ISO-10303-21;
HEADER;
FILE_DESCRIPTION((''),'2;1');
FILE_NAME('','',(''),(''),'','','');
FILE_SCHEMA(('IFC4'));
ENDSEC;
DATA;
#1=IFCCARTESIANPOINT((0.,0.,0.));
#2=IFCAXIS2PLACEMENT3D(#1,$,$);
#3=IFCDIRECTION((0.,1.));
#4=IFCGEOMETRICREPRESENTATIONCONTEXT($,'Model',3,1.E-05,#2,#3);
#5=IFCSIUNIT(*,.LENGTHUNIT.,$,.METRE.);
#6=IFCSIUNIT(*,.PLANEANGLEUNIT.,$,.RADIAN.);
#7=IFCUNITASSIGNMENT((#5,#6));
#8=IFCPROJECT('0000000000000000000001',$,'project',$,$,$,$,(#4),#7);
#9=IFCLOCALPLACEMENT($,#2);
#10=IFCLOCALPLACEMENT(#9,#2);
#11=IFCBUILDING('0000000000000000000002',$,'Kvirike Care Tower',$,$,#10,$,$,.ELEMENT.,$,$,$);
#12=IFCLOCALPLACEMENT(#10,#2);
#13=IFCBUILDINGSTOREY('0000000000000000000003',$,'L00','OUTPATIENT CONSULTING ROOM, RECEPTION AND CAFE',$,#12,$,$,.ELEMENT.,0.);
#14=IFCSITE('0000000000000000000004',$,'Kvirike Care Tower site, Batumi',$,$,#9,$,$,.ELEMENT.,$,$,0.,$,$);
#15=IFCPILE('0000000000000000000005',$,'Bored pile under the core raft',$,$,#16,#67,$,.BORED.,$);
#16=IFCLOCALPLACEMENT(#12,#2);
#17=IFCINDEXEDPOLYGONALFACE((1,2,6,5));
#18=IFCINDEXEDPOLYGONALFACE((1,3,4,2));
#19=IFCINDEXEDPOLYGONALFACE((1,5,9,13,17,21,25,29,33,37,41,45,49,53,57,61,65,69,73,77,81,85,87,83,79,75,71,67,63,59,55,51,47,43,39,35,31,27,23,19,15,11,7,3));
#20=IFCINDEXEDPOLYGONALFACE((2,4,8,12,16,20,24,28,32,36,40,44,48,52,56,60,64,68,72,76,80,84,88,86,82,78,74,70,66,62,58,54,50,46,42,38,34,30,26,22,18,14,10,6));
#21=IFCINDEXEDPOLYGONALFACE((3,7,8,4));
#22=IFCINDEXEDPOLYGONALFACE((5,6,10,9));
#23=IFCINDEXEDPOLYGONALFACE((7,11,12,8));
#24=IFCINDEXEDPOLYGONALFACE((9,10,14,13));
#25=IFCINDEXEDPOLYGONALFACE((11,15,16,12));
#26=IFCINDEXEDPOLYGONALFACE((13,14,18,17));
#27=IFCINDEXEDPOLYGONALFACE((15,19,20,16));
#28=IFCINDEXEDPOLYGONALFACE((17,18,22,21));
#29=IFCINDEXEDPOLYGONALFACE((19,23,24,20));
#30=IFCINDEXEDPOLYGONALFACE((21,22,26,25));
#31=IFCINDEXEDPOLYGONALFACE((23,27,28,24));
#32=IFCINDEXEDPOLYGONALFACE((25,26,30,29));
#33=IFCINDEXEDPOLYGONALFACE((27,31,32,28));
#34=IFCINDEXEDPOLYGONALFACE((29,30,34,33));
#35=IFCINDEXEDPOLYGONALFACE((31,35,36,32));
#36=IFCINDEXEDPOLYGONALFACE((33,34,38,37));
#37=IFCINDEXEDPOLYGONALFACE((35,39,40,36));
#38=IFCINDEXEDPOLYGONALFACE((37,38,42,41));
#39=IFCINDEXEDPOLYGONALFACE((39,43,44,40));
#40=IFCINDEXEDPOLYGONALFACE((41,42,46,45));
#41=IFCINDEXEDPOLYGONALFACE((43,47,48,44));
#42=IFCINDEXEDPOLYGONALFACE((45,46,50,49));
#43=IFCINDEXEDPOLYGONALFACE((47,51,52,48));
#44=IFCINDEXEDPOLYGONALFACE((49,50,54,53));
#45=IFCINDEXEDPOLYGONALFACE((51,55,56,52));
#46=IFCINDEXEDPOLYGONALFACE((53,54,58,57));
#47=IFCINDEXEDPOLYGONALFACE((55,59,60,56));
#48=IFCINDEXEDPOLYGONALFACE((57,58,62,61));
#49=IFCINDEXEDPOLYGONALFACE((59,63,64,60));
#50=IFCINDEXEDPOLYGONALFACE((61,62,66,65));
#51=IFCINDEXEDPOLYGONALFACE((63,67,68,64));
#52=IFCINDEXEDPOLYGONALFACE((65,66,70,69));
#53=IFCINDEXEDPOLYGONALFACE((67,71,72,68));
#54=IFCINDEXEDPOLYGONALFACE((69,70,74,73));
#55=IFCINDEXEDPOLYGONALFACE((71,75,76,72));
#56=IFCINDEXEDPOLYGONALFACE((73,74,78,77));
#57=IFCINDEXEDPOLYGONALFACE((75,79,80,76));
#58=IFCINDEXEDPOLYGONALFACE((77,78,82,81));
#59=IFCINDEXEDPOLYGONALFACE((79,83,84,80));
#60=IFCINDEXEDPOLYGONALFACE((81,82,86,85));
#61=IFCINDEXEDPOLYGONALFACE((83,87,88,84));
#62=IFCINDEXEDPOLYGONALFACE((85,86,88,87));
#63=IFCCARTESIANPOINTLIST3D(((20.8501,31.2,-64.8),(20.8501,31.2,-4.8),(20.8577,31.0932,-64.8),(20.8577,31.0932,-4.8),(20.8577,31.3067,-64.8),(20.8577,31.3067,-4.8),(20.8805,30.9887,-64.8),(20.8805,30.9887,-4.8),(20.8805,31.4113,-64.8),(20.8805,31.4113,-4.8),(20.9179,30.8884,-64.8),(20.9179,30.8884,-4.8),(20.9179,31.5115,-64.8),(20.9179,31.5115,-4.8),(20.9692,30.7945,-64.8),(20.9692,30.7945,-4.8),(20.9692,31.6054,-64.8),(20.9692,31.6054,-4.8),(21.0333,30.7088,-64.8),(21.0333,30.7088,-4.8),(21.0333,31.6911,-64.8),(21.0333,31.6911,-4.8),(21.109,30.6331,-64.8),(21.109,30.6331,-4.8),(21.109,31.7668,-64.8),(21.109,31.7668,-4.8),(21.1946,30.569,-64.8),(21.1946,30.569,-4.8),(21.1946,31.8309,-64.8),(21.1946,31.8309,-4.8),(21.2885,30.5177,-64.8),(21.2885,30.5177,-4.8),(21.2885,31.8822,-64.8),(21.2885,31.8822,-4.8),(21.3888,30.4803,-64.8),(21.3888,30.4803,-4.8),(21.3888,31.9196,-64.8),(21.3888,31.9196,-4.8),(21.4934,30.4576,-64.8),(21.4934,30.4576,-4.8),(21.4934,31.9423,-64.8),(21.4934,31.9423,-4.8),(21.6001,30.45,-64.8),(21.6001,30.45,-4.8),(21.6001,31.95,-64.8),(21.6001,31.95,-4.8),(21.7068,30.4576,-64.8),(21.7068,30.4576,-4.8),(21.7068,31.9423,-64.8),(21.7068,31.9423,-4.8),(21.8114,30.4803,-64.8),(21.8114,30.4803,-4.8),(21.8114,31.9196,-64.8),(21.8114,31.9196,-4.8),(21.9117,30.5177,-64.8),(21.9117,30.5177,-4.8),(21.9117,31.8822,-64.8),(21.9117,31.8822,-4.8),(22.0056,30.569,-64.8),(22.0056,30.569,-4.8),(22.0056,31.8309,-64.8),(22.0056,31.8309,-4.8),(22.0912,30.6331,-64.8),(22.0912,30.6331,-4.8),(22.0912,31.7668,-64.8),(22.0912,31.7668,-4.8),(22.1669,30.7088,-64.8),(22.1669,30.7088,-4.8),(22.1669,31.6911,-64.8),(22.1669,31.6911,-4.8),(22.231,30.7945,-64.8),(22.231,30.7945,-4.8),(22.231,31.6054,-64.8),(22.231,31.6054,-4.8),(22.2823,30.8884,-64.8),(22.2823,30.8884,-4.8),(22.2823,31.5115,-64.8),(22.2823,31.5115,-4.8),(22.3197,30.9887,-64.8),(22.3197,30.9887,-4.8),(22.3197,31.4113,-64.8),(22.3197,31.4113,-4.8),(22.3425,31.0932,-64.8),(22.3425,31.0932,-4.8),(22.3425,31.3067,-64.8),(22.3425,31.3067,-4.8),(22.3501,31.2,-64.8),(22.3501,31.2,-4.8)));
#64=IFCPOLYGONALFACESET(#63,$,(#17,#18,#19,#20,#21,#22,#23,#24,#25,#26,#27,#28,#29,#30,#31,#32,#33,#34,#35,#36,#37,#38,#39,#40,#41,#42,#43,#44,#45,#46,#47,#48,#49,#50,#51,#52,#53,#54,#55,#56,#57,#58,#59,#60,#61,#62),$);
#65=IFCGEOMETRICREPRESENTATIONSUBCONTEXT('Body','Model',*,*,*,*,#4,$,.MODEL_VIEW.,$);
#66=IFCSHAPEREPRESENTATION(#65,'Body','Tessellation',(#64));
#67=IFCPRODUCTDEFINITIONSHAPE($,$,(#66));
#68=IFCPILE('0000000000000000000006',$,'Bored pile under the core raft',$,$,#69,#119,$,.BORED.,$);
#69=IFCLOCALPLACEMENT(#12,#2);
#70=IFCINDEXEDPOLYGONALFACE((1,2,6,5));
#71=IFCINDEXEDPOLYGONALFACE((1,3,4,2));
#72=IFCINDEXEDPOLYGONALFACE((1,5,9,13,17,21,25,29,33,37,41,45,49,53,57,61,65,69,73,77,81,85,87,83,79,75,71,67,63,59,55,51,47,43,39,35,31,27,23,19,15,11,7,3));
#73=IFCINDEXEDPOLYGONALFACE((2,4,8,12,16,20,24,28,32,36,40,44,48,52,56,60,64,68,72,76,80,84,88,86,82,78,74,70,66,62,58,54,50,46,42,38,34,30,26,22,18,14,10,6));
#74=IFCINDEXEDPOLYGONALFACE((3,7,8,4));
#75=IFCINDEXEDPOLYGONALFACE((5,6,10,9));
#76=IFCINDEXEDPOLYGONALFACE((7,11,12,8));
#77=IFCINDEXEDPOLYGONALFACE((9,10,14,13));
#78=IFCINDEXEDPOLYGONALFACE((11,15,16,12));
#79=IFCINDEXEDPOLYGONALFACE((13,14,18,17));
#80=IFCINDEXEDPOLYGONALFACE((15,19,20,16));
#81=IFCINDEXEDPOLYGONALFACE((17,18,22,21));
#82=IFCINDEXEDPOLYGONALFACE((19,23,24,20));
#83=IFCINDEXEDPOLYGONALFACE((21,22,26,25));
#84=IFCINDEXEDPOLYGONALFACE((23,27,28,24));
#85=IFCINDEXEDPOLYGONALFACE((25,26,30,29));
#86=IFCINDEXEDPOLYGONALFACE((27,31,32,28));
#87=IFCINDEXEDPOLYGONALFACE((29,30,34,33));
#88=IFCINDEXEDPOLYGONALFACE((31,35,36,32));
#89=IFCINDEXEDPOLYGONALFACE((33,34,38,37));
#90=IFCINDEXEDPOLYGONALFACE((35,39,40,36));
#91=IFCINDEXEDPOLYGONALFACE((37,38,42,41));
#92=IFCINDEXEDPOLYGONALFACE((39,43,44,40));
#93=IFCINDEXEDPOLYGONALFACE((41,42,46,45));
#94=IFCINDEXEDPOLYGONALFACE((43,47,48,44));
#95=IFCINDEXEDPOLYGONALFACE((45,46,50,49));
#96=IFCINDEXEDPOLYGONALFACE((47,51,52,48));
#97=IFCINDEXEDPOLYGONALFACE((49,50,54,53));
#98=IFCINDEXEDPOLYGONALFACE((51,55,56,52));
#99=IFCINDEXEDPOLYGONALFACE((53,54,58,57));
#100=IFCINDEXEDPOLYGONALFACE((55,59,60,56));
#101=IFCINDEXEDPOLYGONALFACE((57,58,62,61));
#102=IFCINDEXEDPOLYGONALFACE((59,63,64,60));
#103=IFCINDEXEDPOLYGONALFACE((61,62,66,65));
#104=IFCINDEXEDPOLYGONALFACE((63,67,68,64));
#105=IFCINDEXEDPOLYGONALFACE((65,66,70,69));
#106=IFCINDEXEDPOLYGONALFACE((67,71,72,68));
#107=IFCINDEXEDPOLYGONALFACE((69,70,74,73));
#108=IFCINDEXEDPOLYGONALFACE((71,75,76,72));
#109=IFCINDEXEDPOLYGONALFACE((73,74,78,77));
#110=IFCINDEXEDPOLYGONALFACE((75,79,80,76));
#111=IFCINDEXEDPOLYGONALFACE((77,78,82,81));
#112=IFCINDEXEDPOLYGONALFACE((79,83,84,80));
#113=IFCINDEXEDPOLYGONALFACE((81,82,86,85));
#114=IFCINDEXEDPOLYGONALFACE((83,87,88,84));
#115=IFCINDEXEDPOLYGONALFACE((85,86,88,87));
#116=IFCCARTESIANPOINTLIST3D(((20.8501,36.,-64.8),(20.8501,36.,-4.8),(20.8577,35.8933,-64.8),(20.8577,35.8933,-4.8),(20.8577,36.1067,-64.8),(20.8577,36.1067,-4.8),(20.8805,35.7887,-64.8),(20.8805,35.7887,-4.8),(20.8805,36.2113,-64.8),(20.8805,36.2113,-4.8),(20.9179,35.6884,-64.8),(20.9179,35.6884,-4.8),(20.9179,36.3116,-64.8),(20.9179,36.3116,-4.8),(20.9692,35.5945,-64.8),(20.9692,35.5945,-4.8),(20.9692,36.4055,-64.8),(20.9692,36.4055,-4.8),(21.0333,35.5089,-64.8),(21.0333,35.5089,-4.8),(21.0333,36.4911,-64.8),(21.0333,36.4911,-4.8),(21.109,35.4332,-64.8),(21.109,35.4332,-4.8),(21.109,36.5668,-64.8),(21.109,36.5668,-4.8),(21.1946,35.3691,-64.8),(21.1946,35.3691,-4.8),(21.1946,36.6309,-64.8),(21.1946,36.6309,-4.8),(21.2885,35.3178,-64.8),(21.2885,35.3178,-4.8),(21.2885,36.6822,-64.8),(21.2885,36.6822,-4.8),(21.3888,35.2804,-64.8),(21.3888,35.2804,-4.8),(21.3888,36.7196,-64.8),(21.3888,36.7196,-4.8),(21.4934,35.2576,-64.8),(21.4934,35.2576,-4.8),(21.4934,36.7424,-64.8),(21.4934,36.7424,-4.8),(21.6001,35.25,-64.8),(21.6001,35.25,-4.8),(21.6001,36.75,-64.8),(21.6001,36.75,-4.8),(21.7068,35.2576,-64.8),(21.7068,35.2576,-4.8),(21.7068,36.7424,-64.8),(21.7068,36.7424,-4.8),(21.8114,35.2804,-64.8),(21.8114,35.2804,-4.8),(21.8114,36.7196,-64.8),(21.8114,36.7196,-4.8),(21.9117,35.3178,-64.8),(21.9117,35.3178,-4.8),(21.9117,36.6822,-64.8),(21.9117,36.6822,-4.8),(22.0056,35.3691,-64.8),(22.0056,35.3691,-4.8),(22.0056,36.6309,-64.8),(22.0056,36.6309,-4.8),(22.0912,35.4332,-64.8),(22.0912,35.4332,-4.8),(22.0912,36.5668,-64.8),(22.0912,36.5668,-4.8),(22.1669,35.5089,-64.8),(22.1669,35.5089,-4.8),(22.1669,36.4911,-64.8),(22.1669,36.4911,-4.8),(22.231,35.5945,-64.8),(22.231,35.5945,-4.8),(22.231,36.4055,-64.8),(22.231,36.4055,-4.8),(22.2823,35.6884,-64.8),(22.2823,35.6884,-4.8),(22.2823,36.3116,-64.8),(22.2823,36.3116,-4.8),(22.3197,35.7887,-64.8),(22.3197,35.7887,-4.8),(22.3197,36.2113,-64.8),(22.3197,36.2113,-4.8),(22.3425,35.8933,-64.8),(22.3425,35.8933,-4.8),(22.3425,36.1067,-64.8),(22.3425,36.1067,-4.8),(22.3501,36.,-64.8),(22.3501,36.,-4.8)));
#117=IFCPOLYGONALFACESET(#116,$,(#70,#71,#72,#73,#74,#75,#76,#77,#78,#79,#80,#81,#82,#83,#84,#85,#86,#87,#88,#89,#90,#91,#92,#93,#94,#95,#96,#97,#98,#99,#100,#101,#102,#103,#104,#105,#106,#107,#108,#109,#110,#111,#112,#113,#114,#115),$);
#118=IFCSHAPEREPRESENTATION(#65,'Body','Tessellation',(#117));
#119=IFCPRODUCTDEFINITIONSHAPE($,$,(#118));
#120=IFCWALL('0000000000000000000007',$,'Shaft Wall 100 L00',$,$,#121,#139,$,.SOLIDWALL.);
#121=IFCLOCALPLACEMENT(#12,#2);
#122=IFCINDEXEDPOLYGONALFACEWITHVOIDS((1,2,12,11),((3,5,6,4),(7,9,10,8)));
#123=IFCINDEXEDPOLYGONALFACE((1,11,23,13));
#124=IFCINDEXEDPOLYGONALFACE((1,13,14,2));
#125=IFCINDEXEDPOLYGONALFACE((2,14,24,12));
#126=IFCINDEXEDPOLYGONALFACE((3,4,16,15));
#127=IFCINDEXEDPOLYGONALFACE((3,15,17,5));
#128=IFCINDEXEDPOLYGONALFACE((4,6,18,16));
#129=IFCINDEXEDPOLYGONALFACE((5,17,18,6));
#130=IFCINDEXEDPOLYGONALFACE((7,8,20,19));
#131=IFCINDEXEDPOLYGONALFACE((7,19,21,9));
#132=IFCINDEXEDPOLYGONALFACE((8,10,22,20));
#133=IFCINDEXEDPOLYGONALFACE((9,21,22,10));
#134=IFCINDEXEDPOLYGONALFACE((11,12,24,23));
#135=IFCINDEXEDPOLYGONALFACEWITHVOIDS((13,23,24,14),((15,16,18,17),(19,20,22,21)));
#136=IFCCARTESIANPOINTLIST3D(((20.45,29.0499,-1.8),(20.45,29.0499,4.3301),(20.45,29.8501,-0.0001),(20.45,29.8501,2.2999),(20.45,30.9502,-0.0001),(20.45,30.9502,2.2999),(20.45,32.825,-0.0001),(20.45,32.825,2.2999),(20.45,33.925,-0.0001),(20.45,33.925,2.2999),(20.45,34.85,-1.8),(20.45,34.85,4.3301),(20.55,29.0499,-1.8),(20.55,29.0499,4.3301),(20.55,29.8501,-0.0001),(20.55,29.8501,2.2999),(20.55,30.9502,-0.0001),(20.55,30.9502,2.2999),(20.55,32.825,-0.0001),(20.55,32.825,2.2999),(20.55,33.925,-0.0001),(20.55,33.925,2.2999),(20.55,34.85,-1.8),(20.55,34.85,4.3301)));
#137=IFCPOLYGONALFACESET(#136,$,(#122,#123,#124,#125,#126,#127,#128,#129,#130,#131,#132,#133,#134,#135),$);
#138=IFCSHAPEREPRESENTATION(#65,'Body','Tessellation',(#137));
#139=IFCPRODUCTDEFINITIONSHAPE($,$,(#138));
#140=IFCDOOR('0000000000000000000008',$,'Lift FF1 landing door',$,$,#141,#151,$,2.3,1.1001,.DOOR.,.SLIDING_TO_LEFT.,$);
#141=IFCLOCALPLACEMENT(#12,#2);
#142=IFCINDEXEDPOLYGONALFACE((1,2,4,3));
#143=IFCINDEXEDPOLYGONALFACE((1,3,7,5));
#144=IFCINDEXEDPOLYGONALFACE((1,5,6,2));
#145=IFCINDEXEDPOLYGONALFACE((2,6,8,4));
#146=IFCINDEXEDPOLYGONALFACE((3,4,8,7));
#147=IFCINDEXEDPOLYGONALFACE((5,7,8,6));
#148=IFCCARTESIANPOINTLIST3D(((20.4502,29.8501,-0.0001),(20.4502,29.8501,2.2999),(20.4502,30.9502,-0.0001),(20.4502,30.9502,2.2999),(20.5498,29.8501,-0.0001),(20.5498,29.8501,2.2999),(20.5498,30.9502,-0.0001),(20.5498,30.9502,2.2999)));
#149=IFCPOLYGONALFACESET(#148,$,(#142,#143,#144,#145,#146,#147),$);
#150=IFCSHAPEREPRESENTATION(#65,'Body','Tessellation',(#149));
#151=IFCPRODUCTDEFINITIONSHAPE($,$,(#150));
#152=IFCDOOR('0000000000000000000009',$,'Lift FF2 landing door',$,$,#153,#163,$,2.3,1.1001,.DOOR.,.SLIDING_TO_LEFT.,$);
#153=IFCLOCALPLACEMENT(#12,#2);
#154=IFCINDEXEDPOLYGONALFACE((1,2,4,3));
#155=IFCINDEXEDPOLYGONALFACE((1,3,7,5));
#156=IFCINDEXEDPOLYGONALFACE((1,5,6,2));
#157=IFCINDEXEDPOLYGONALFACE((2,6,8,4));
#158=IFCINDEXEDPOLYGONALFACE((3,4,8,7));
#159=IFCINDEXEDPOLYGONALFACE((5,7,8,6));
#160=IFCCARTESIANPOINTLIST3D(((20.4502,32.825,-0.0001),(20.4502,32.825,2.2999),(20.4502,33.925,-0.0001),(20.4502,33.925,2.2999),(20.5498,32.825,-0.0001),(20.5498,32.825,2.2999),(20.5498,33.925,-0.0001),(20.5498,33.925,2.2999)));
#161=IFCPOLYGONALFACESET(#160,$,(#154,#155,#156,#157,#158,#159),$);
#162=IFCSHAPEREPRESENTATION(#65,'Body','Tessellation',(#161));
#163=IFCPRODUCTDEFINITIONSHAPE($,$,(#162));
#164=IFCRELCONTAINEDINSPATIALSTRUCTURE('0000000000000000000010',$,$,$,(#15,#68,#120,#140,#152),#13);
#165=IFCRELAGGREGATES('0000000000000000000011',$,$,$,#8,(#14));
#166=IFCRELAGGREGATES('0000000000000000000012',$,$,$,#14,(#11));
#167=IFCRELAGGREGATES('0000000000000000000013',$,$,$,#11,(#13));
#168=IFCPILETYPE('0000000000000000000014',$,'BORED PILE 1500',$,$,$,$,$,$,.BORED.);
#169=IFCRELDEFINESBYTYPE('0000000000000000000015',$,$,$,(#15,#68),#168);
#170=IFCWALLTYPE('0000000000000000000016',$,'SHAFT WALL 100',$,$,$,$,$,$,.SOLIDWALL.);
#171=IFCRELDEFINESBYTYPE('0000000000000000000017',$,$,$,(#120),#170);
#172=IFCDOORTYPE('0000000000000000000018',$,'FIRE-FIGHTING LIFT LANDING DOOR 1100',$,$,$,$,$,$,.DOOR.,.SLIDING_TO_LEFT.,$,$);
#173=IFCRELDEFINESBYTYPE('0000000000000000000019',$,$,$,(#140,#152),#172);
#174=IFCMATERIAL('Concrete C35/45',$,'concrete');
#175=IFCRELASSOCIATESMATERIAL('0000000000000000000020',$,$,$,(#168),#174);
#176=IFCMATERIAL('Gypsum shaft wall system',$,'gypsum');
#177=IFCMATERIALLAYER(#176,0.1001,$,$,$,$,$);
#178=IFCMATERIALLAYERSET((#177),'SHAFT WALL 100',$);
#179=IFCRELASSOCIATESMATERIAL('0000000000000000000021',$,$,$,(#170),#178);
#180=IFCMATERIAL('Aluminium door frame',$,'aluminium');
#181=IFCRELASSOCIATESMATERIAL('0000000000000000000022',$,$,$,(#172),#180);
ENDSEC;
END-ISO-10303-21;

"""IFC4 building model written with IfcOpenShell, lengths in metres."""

from ifc_helpers import new_model, si_unit, direction, frame, frame_2d, origin, origin_2d, place, context, subcontext, project, spatial, rectangle, circle, extrude, material, layer, layer_set, material_profile, profile_set, type_object, element, fill, save


model = new_model("IFC4")

# Units and contexts
model_context = context("Model", 3, precision=1e-05, world=origin(), true_north=direction((0.0, 1.0)))
body_context = subcontext(model_context, "Body", "Model", "MODEL_VIEW")
ifc_project = project(units=[si_unit("LENGTHUNIT", "METRE"), si_unit("PLANEANGLEUNIT", "RADIAN")], contexts=[model_context])

# Site, building, storey
site_placement = place(None, origin())
site = spatial("IfcSite", under=ifc_project, at=site_placement, Name="Kvirike Care Tower site, Batumi", CompositionType="ELEMENT", RefElevation=0.0)
building_placement = place(site_placement, origin())
building = spatial("IfcBuilding", under=site, at=building_placement, Name="Kvirike Care Tower", CompositionType="ELEMENT")
storey_placement = place(building_placement, origin())
storey = spatial("IfcBuildingStorey", under=building, at=storey_placement, Name="L00", Description="OUTPATIENT CONSULTING ROOM, RECEPTION AND CAFE", CompositionType="ELEMENT", Elevation=0.0)

# Piles
ifc_material_1 = material(Name="Concrete C35/45", Category="concrete")
ifc_material_profile = material_profile(ifc_material_1, circle(Radius=0.75, at=origin_2d()), Name="BORED PILE 1500")
ifc_profile_set = profile_set([ifc_material_profile], Name="Concrete C35/45")
pile_type = type_object("IfcPileType", Name="BORED PILE 1500", PredefinedType="BORED", material=ifc_profile_set)
for number, where, z_axis, x_axis, name in (
    (1, (21.6001, 31.2, -4.8), (0.0, 0.0, -1.0), (1.0, 0.0, 0.0), "Bored pile under the core raft"),
    (2, (21.6001, 36.0, -4.8), (0.0, 0.0, -1.0), (1.0, 0.0, 0.0), "Bored pile under the core raft"),
):
    element("IfcPile", number, at=place(storey_placement, frame(where, z_axis=z_axis, x_axis=x_axis)), inside=storey, type_object=pile_type, Name=name, PredefinedType="BORED", context=body_context, shape_type="SweptSolid", body=[
        extrude(circle(Radius=0.75, at=origin_2d()), origin(), (0.0, 0.0, 1.0), 60.0),
    ])

# Wall, openings, doors
ifc_material_2 = material(Name="Gypsum shaft wall system", Category="gypsum")
ifc_layer = layer(ifc_material_2, 0.1001)
ifc_layer_set = layer_set([ifc_layer], Name="SHAFT WALL 100")
wall_type = type_object("IfcWallType", Name="SHAFT WALL 100", PredefinedType="SOLIDWALL", material=ifc_layer_set)
wall_1_placement = place(storey_placement, frame((20.5, 29.05, -1.8), z_axis=(0.0, 0.0, 1.0), x_axis=(0.0, 1.0, 0.0)))
wall_1 = element("IfcWall", 3, at=wall_1_placement, inside=storey, type_object=wall_type, Name="Shaft Wall 100 L00", PredefinedType="SOLIDWALL", context=body_context, shape_type="SweptSolid", body=[
    extrude(rectangle(XDim=5.8, YDim=0.1001, at=frame_2d((2.8999, 0.0))), origin(), (0.0, 0.0, 1.0), 6.1301),
])
opening_1_placement = place(wall_1_placement, frame((0.8, 0.0, 1.8)))
opening_1 = element("IfcOpeningElement", 4, at=opening_1_placement, cuts=wall_1, PredefinedType="OPENING", context=body_context, shape_type="SweptSolid", body=[
    extrude(rectangle(XDim=1.1001, YDim=2.3, at=frame_2d((0.55, 1.1499))), frame((0.0, 0.0605, 0.0), z_axis=(0.0, -1.0, 0.0), x_axis=(1.0, 0.0, 0.0)), (0.0, 0.0, 1.0), 0.1211),
])
opening_2_placement = place(wall_1_placement, frame((3.7749, 0.0, 1.8)))
opening_2 = element("IfcOpeningElement", 5, at=opening_2_placement, cuts=wall_1, PredefinedType="OPENING", context=body_context, shape_type="SweptSolid", body=[
    extrude(rectangle(XDim=1.1001, YDim=2.3, at=frame_2d((0.55, 1.1499))), frame((0.0, 0.0605, 0.0), z_axis=(0.0, -1.0, 0.0), x_axis=(1.0, 0.0, 0.0)), (0.0, 0.0, 1.0), 0.1211),
])
ifc_material_3 = material(Name="Aluminium door frame", Category="aluminium")
door_type_1 = type_object("IfcDoorType", Name="FIRE-FIGHTING LIFT LANDING DOOR 1100", OperationType="SLIDING_TO_LEFT", PredefinedType="DOOR", material=ifc_material_3)
door_1_placement = place(opening_1_placement, origin())
door_1 = element("IfcDoor", 6, at=door_1_placement, inside=storey, type_object=door_type_1, Name="Lift FF1 landing door", OperationType="SLIDING_TO_LEFT", OverallHeight=2.3, OverallWidth=1.1001, PredefinedType="DOOR", context=body_context, shape_type="SweptSolid", body=[
    extrude(rectangle(XDim=1.1001, YDim=2.3, at=frame_2d((0.55, 1.1499))), frame((0.0, 0.0498, 0.0), z_axis=(0.0, -1.0, 0.0), x_axis=(1.0, 0.0, 0.0)), (0.0, 0.0, 1.0), 0.0996),
])
fill(opening_1, door_1)
door_2_placement = place(opening_2_placement, origin())
door_2 = element("IfcDoor", 7, at=door_2_placement, inside=storey, type_object=door_type_1, Name="Lift FF2 landing door", OperationType="SLIDING_TO_LEFT", OverallHeight=2.3, OverallWidth=1.1001, PredefinedType="DOOR", context=body_context, shape_type="SweptSolid", body=[
    extrude(rectangle(XDim=1.1001, YDim=2.3, at=frame_2d((0.55, 1.1499))), frame((0.0, 0.0498, 0.0), z_axis=(0.0, -1.0, 0.0), x_axis=(1.0, 0.0, 0.0)), (0.0, 0.0, 1.0), 0.0996),
])
fill(opening_2, door_2)

save(model, "model.ifc")
